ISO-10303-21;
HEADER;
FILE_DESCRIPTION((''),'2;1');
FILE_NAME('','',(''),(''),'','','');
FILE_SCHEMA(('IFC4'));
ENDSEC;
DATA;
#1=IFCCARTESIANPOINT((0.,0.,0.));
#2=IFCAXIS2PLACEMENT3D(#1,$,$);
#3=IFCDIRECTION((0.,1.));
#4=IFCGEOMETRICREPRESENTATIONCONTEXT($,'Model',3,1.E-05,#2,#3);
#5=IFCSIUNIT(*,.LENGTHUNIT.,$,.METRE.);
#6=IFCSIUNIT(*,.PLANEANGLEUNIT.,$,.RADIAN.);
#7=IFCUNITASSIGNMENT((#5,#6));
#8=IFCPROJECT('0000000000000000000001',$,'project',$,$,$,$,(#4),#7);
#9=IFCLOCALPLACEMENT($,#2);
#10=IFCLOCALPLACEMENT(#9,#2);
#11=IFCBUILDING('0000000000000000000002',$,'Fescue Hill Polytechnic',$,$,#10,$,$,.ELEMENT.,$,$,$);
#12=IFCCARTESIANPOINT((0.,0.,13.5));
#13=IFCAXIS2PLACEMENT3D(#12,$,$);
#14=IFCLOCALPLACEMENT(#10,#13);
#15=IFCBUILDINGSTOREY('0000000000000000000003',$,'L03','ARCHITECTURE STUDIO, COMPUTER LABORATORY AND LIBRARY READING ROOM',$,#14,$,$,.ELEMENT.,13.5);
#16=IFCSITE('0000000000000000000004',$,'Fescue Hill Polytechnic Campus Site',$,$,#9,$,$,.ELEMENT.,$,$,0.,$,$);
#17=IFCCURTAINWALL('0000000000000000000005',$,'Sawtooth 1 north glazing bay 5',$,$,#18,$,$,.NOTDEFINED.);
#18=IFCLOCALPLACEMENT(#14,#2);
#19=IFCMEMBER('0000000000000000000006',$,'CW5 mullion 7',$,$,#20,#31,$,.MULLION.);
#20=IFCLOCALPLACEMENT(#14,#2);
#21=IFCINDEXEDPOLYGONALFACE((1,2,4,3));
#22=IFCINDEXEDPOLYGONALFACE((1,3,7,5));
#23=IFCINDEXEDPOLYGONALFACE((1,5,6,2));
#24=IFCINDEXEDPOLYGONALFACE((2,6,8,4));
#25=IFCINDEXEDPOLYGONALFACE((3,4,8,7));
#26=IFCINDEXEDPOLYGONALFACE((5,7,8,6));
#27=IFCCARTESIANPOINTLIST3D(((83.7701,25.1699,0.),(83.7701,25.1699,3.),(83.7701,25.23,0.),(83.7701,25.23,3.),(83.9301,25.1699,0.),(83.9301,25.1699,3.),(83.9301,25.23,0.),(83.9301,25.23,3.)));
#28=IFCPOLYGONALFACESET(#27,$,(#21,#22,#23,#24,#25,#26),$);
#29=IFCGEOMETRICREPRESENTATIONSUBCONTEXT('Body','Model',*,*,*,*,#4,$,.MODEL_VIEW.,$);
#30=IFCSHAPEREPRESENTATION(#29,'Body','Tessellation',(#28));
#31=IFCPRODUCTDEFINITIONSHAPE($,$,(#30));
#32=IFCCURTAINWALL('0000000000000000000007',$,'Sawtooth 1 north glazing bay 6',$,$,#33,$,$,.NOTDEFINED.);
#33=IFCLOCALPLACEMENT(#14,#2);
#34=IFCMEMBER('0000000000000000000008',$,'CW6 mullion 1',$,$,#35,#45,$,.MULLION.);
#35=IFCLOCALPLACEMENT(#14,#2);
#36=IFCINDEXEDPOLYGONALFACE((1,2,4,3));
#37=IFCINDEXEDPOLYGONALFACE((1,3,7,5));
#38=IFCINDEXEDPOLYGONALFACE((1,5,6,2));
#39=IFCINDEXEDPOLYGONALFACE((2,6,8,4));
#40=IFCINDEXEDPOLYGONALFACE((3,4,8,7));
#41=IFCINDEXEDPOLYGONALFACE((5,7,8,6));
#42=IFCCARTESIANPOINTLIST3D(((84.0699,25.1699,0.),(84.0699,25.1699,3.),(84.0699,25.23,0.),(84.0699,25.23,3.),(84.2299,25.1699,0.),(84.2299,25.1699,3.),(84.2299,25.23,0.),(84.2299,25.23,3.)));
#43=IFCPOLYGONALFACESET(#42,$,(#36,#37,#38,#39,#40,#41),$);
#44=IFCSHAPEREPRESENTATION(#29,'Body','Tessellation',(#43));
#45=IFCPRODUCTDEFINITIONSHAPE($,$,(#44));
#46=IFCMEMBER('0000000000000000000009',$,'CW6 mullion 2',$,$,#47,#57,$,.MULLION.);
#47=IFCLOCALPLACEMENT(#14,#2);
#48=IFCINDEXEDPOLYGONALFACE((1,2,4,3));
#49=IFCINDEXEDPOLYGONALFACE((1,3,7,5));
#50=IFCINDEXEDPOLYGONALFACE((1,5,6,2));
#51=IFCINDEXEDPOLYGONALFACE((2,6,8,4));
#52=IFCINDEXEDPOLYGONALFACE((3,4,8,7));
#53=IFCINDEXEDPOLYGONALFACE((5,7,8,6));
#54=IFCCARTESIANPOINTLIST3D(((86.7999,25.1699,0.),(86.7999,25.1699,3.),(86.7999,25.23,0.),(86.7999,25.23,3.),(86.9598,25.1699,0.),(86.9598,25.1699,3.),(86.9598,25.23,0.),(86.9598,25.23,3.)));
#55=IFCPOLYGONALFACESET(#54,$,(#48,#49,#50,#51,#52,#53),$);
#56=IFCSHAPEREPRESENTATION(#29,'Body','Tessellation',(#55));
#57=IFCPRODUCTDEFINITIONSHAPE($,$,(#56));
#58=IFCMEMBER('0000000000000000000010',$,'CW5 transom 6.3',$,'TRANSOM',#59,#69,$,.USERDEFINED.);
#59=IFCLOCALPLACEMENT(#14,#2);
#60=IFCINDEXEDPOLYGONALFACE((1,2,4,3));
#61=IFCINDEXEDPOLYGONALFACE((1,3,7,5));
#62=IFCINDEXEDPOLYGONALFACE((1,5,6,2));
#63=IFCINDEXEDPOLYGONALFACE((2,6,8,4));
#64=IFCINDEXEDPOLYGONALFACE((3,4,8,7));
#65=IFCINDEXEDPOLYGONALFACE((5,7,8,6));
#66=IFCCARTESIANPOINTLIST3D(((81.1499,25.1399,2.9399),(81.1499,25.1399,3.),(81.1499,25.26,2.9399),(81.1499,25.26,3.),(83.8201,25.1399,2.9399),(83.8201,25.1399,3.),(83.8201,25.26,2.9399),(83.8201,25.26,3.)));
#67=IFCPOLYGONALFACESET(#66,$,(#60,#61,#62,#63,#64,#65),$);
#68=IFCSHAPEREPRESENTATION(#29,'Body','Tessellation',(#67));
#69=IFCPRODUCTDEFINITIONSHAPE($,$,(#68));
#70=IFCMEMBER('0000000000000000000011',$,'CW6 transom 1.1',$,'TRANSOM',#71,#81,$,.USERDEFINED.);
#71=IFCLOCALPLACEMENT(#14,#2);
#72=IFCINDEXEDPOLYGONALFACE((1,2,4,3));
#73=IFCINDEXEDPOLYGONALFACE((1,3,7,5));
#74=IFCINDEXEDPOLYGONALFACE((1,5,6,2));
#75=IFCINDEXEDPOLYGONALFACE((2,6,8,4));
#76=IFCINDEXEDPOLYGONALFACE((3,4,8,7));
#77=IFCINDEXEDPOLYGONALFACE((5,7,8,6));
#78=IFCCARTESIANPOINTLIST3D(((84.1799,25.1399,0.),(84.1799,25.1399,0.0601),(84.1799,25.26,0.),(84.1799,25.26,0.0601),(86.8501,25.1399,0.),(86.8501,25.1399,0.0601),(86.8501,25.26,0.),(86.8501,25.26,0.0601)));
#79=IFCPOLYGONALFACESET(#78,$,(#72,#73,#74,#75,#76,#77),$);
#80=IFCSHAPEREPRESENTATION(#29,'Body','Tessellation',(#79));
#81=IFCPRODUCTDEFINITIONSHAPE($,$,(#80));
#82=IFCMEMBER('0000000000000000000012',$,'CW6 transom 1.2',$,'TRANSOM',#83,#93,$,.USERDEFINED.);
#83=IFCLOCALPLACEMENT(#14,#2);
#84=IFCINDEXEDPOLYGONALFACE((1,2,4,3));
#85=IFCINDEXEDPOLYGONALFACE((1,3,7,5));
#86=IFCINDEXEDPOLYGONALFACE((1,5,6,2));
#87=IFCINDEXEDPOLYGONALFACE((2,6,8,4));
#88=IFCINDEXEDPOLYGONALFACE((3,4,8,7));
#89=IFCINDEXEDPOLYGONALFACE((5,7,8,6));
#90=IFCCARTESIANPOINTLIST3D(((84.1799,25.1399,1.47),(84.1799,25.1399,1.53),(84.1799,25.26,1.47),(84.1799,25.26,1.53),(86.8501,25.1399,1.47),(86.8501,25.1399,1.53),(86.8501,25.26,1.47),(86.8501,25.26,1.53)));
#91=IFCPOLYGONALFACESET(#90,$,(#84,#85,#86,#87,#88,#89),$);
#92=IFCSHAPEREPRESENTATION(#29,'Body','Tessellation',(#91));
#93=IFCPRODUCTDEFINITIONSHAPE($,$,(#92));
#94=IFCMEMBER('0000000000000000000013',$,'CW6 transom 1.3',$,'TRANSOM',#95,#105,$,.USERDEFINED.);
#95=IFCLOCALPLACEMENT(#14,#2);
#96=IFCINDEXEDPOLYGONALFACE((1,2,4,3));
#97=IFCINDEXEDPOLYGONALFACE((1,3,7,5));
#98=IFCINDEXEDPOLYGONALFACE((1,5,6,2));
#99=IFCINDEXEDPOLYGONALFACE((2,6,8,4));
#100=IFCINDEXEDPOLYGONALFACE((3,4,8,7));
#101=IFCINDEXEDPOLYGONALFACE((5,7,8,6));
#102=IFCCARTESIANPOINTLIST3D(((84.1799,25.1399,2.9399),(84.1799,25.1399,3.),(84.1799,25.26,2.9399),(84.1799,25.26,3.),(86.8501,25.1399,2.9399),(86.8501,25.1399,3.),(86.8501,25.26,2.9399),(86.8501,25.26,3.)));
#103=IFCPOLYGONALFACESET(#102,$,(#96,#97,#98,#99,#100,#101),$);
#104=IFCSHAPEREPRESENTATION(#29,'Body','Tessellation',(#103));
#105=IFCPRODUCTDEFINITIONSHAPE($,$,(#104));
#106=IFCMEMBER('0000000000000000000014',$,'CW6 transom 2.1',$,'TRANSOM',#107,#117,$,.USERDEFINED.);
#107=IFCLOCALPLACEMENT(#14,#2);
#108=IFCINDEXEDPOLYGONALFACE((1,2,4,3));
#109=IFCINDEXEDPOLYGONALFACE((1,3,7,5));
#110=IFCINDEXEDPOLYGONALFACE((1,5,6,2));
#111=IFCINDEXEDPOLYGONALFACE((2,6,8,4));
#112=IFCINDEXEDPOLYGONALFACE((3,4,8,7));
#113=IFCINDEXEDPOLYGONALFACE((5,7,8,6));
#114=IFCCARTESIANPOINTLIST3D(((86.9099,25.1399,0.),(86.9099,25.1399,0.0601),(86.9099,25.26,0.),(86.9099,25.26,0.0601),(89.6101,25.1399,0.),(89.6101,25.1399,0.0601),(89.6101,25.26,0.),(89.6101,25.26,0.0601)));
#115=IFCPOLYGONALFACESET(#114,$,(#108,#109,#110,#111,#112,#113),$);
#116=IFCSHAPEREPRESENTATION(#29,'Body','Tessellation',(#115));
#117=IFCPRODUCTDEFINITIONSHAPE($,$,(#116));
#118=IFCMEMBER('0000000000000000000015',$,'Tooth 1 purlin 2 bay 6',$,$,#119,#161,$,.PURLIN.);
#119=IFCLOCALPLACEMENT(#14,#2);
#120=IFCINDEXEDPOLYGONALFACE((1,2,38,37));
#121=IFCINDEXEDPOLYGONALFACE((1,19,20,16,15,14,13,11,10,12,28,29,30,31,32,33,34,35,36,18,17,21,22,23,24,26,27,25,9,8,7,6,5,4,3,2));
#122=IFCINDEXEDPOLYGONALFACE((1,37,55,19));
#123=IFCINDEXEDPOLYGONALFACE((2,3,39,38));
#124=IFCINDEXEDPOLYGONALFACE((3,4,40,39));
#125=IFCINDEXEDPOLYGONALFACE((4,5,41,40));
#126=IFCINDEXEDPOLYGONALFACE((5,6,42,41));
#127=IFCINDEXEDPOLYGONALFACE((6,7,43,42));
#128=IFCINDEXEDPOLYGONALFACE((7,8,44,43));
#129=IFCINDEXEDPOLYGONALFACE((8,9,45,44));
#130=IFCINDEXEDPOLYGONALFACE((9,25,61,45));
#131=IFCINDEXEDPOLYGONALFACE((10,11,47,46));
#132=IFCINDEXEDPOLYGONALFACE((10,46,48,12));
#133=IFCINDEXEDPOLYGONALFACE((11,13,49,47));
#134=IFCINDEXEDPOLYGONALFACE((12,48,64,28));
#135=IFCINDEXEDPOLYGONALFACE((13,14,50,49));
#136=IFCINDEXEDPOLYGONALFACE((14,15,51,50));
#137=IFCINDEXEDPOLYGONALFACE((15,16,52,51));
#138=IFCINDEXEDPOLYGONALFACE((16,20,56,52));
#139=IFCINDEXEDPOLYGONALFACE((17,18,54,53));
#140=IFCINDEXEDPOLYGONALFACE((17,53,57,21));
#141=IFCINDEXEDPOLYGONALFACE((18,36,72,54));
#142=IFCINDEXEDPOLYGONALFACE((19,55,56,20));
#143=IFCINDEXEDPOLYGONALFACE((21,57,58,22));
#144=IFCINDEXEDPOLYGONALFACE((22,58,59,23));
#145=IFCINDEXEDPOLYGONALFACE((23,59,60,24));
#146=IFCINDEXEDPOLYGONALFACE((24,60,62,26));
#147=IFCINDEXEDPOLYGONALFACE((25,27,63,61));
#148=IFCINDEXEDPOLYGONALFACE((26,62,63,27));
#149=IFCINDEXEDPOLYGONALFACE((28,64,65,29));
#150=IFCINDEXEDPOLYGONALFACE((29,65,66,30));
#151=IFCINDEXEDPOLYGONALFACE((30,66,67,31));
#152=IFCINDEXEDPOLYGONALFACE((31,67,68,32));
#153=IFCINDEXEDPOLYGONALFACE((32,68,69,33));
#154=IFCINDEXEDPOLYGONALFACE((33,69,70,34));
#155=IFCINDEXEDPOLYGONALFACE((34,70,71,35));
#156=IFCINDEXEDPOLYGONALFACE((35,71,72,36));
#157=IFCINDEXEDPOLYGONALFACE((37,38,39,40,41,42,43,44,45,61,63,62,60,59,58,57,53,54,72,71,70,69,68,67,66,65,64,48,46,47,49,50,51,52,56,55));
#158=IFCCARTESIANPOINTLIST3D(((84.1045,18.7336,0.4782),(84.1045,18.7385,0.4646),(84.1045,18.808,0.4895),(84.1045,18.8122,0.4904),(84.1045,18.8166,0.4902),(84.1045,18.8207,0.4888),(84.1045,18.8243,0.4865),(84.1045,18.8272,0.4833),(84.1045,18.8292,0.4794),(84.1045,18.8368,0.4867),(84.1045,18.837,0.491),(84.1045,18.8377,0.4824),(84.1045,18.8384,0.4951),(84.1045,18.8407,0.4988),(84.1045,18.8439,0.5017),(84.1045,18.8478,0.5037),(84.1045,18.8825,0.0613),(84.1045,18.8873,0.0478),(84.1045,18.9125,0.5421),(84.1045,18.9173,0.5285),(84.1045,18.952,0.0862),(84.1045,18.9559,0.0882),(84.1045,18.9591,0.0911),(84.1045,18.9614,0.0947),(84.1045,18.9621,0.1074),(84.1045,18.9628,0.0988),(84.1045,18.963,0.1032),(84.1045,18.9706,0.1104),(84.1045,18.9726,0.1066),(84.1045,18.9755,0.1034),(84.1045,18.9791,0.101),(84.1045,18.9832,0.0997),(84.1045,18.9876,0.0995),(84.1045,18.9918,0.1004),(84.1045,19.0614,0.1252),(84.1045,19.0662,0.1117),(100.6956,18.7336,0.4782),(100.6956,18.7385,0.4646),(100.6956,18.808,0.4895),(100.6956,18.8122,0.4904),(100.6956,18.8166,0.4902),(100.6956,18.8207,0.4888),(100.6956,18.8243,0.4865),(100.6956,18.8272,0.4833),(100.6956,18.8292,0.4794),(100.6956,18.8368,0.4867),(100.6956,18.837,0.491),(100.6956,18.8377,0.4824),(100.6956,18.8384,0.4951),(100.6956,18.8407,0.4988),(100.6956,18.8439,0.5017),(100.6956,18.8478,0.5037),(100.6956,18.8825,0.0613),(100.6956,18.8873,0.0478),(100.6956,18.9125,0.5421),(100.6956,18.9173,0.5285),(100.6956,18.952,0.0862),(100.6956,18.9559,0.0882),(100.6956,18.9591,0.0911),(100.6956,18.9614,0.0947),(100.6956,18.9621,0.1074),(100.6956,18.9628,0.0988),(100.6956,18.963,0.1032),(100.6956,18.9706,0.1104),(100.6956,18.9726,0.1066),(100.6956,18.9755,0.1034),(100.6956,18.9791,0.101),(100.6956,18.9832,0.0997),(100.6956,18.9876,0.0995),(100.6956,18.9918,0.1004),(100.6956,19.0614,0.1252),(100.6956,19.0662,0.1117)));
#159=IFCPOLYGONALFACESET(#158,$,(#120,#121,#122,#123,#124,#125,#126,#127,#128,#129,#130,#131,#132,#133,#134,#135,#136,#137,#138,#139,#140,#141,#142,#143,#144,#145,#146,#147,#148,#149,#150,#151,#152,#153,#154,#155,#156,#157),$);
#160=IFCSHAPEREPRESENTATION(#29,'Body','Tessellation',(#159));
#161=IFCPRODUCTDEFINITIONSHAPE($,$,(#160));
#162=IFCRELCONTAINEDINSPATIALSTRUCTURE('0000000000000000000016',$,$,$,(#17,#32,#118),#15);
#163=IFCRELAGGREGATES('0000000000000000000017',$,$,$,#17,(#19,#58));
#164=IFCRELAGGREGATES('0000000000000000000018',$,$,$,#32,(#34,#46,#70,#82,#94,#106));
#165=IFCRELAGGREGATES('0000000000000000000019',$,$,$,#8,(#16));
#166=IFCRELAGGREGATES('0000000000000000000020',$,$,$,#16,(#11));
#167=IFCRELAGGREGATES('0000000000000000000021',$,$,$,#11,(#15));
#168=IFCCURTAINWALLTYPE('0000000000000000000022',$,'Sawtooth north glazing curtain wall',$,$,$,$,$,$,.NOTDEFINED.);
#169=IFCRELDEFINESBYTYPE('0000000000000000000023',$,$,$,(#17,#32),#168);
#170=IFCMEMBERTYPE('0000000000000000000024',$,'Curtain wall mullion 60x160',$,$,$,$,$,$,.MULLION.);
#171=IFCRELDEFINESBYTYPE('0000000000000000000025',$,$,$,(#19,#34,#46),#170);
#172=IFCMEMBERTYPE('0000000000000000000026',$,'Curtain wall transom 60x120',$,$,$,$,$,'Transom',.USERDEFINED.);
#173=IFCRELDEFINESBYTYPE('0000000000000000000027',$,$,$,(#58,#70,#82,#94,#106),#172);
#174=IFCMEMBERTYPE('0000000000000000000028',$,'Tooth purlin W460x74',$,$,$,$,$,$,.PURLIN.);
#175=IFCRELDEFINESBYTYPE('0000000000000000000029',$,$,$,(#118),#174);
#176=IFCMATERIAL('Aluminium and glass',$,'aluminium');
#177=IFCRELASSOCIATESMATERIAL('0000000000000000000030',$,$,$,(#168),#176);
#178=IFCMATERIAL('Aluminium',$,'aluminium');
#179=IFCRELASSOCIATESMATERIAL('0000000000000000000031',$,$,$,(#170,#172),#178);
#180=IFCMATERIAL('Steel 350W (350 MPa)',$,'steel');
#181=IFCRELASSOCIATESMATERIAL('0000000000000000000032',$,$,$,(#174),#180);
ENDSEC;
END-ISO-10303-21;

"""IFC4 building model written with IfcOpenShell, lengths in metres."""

from ifc_helpers import new_model, si_unit, direction, frame, origin, origin_2d, place, context, subcontext, project, spatial, rectangle, i_section, extrude, material, material_profile, profile_set, type_object, element, aggregate, save


model = new_model("IFC4")

# Units and contexts
model_context = context("Model", 3, precision=1e-05, world=origin(), true_north=direction((0.0, 1.0)))
body_context = subcontext(model_context, "Body", "Model", "MODEL_VIEW")
ifc_project = project(units=[si_unit("LENGTHUNIT", "METRE"), si_unit("PLANEANGLEUNIT", "RADIAN")], contexts=[model_context])

# Site, building, storey
site_placement = place(None, origin())
site = spatial("IfcSite", under=ifc_project, at=site_placement, Name="Fescue Hill Polytechnic Campus Site", CompositionType="ELEMENT", RefElevation=0.0)
building_placement = place(site_placement, origin())
building = spatial("IfcBuilding", under=site, at=building_placement, Name="Fescue Hill Polytechnic", CompositionType="ELEMENT")
storey_placement = place(building_placement, frame((0.0, 0.0, 13.5)))
storey = spatial("IfcBuildingStorey", under=building, at=storey_placement, Name="L03", Description="ARCHITECTURE STUDIO, COMPUTER LABORATORY AND LIBRARY READING ROOM", CompositionType="ELEMENT", Elevation=13.5)

# Curtain wall, member
ifc_material_1 = material(Name="Aluminium and glass", Category="aluminium")
curtain_wall_type = type_object("IfcCurtainWallType", Name="Sawtooth north glazing curtain wall", PredefinedType="NOTDEFINED", material=ifc_material_1)
curtain_wall_1_placement = place(storey_placement, origin())
curtain_wall_1 = element("IfcCurtainWall", 1, at=curtain_wall_1_placement, inside=storey, type_object=curtain_wall_type, Name="Sawtooth 1 north glazing bay 5", PredefinedType="NOTDEFINED")
ifc_material_2 = material(Name="Aluminium", Category="aluminium")
ifc_material_profile_1 = material_profile(ifc_material_2, rectangle(XDim=0.0601, YDim=0.1599, at=origin_2d()), Name="Curtain wall mullion 60x160")
ifc_profile_set_1 = profile_set([ifc_material_profile_1], Name="Aluminium")
member_type_1 = type_object("IfcMemberType", Name="Curtain wall mullion 60x160", PredefinedType="MULLION", material=ifc_profile_set_1)
member_1_placement = place(storey_placement, frame((83.8501, 25.2, 0.0), z_axis=(0.0, 0.0, 1.0), x_axis=(0.0, 1.0, 0.0)))
member_1 = element("IfcMember", 2, at=member_1_placement, type_object=member_type_1, Name="CW5 mullion 7", PredefinedType="MULLION", context=body_context, shape_type="SweptSolid", body=[
    extrude(rectangle(XDim=0.0601, YDim=0.1599, at=origin_2d()), origin(), (0.0, 0.0, 1.0), 3.0),
])

# Curtain wall, members
curtain_wall_2_placement = place(storey_placement, origin())
curtain_wall_2 = element("IfcCurtainWall", 3, at=curtain_wall_2_placement, inside=storey, type_object=curtain_wall_type, Name="Sawtooth 1 north glazing bay 6", PredefinedType="NOTDEFINED")
member_2_placement = place(storey_placement, frame((84.1499, 25.2, 0.0), z_axis=(0.0, 0.0, 1.0), x_axis=(0.0, 1.0, 0.0)))
member_2 = element("IfcMember", 4, at=member_2_placement, type_object=member_type_1, Name="CW6 mullion 1", PredefinedType="MULLION", context=body_context, shape_type="SweptSolid", body=[
    extrude(rectangle(XDim=0.0601, YDim=0.1599, at=origin_2d()), origin(), (0.0, 0.0, 1.0), 3.0),
])
member_3_placement = place(storey_placement, frame((86.8799, 25.2, 0.0), z_axis=(0.0, 0.0, 1.0), x_axis=(0.0, 1.0, 0.0)))
member_3 = element("IfcMember", 5, at=member_3_placement, type_object=member_type_1, Name="CW6 mullion 2", PredefinedType="MULLION", context=body_context, shape_type="SweptSolid", body=[
    extrude(rectangle(XDim=0.0601, YDim=0.1599, at=origin_2d()), origin(), (0.0, 0.0, 1.0), 3.0),
])

# Members
ifc_material_profile_2 = material_profile(ifc_material_2, rectangle(XDim=0.1201, YDim=0.0601, at=origin_2d()), Name="Curtain wall transom 60x120")
ifc_profile_set_2 = profile_set([ifc_material_profile_2], Name="Aluminium")
member_type_2 = type_object("IfcMemberType", Name="Curtain wall transom 60x120", ElementType="Transom", PredefinedType="USERDEFINED", material=ifc_profile_set_2)
member_4_placement = place(storey_placement, frame((81.1499, 25.2, 2.97), z_axis=(1.0, 0.0, 0.0), x_axis=(0.0, 1.0, 0.0)))
member_4 = element("IfcMember", 6, at=member_4_placement, type_object=member_type_2, Name="CW5 transom 6.3", ObjectType="TRANSOM", PredefinedType="USERDEFINED", context=body_context, shape_type="SweptSolid", body=[
    extrude(rectangle(XDim=0.1201, YDim=0.0601, at=origin_2d()), origin(), (0.0, 0.0, 1.0), 2.6702),
])
member_5_placement = place(storey_placement, frame((84.1799, 25.2, 0.03), z_axis=(1.0, 0.0, 0.0), x_axis=(0.0, 1.0, 0.0)))
member_5 = element("IfcMember", 7, at=member_5_placement, type_object=member_type_2, Name="CW6 transom 1.1", ObjectType="TRANSOM", PredefinedType="USERDEFINED", context=body_context, shape_type="SweptSolid", body=[
    extrude(rectangle(XDim=0.1201, YDim=0.0601, at=origin_2d()), origin(), (0.0, 0.0, 1.0), 2.6702),
])
member_6_placement = place(storey_placement, frame((84.1799, 25.2, 1.5), z_axis=(1.0, 0.0, 0.0), x_axis=(0.0, 1.0, 0.0)))
member_6 = element("IfcMember", 8, at=member_6_placement, type_object=member_type_2, Name="CW6 transom 1.2", ObjectType="TRANSOM", PredefinedType="USERDEFINED", context=body_context, shape_type="SweptSolid", body=[
    extrude(rectangle(XDim=0.1201, YDim=0.0601, at=origin_2d()), origin(), (0.0, 0.0, 1.0), 2.6702),
])
member_7_placement = place(storey_placement, frame((84.1799, 25.2, 2.97), z_axis=(1.0, 0.0, 0.0), x_axis=(0.0, 1.0, 0.0)))
member_7 = element("IfcMember", 9, at=member_7_placement, type_object=member_type_2, Name="CW6 transom 1.3", ObjectType="TRANSOM", PredefinedType="USERDEFINED", context=body_context, shape_type="SweptSolid", body=[
    extrude(rectangle(XDim=0.1201, YDim=0.0601, at=origin_2d()), origin(), (0.0, 0.0, 1.0), 2.6702),
])
member_8_placement = place(storey_placement, frame((86.9099, 25.2, 0.03), z_axis=(1.0, 0.0, 0.0), x_axis=(0.0, 1.0, 0.0)))
member_8 = element("IfcMember", 10, at=member_8_placement, type_object=member_type_2, Name="CW6 transom 2.1", ObjectType="TRANSOM", PredefinedType="USERDEFINED", context=body_context, shape_type="SweptSolid", body=[
    extrude(rectangle(XDim=0.1201, YDim=0.0601, at=origin_2d()), origin(), (0.0, 0.0, 1.0), 2.7002),
])

# Member
ifc_material_3 = material(Name="Steel 350W (350 MPa)", Category="steel")
ifc_material_profile_3 = material_profile(ifc_material_3, i_section(OverallWidth=0.1899, OverallDepth=0.457, WebThickness=0.009, FlangeThickness=0.0144, FilletRadius=0.0166, at=origin_2d()), Name="W460x74")
ifc_profile_set_3 = profile_set([ifc_material_profile_3], Name="Steel 350W (350 MPa)")
member_type_3 = type_object("IfcMemberType", Name="Tooth purlin W460x74", PredefinedType="PURLIN", material=ifc_profile_set_3)
for number, where, z_axis, x_axis, name in (
    (11, (84.1045, 18.8999, 0.2949), (1.0, 0.0, 0.0), (0.0, 0.941742, 0.336336), "Tooth 1 purlin 2 bay 6"),
):
    element("IfcMember", number, at=place(storey_placement, frame(where, z_axis=z_axis, x_axis=x_axis)), inside=storey, type_object=member_type_3, Name=name, PredefinedType="PURLIN", context=body_context, shape_type="SweptSolid", body=[
        extrude(i_section(OverallWidth=0.1899, OverallDepth=0.457, WebThickness=0.009, FlangeThickness=0.0144, FilletRadius=0.0166, at=origin_2d()), origin(), (0.0, 0.0, 1.0), 16.5911),
    ])

aggregate(curtain_wall_1, [member_1, member_4])
aggregate(curtain_wall_2, [member_2, member_3, member_5, member_6, member_7, member_8])

save(model, "model.ifc")
